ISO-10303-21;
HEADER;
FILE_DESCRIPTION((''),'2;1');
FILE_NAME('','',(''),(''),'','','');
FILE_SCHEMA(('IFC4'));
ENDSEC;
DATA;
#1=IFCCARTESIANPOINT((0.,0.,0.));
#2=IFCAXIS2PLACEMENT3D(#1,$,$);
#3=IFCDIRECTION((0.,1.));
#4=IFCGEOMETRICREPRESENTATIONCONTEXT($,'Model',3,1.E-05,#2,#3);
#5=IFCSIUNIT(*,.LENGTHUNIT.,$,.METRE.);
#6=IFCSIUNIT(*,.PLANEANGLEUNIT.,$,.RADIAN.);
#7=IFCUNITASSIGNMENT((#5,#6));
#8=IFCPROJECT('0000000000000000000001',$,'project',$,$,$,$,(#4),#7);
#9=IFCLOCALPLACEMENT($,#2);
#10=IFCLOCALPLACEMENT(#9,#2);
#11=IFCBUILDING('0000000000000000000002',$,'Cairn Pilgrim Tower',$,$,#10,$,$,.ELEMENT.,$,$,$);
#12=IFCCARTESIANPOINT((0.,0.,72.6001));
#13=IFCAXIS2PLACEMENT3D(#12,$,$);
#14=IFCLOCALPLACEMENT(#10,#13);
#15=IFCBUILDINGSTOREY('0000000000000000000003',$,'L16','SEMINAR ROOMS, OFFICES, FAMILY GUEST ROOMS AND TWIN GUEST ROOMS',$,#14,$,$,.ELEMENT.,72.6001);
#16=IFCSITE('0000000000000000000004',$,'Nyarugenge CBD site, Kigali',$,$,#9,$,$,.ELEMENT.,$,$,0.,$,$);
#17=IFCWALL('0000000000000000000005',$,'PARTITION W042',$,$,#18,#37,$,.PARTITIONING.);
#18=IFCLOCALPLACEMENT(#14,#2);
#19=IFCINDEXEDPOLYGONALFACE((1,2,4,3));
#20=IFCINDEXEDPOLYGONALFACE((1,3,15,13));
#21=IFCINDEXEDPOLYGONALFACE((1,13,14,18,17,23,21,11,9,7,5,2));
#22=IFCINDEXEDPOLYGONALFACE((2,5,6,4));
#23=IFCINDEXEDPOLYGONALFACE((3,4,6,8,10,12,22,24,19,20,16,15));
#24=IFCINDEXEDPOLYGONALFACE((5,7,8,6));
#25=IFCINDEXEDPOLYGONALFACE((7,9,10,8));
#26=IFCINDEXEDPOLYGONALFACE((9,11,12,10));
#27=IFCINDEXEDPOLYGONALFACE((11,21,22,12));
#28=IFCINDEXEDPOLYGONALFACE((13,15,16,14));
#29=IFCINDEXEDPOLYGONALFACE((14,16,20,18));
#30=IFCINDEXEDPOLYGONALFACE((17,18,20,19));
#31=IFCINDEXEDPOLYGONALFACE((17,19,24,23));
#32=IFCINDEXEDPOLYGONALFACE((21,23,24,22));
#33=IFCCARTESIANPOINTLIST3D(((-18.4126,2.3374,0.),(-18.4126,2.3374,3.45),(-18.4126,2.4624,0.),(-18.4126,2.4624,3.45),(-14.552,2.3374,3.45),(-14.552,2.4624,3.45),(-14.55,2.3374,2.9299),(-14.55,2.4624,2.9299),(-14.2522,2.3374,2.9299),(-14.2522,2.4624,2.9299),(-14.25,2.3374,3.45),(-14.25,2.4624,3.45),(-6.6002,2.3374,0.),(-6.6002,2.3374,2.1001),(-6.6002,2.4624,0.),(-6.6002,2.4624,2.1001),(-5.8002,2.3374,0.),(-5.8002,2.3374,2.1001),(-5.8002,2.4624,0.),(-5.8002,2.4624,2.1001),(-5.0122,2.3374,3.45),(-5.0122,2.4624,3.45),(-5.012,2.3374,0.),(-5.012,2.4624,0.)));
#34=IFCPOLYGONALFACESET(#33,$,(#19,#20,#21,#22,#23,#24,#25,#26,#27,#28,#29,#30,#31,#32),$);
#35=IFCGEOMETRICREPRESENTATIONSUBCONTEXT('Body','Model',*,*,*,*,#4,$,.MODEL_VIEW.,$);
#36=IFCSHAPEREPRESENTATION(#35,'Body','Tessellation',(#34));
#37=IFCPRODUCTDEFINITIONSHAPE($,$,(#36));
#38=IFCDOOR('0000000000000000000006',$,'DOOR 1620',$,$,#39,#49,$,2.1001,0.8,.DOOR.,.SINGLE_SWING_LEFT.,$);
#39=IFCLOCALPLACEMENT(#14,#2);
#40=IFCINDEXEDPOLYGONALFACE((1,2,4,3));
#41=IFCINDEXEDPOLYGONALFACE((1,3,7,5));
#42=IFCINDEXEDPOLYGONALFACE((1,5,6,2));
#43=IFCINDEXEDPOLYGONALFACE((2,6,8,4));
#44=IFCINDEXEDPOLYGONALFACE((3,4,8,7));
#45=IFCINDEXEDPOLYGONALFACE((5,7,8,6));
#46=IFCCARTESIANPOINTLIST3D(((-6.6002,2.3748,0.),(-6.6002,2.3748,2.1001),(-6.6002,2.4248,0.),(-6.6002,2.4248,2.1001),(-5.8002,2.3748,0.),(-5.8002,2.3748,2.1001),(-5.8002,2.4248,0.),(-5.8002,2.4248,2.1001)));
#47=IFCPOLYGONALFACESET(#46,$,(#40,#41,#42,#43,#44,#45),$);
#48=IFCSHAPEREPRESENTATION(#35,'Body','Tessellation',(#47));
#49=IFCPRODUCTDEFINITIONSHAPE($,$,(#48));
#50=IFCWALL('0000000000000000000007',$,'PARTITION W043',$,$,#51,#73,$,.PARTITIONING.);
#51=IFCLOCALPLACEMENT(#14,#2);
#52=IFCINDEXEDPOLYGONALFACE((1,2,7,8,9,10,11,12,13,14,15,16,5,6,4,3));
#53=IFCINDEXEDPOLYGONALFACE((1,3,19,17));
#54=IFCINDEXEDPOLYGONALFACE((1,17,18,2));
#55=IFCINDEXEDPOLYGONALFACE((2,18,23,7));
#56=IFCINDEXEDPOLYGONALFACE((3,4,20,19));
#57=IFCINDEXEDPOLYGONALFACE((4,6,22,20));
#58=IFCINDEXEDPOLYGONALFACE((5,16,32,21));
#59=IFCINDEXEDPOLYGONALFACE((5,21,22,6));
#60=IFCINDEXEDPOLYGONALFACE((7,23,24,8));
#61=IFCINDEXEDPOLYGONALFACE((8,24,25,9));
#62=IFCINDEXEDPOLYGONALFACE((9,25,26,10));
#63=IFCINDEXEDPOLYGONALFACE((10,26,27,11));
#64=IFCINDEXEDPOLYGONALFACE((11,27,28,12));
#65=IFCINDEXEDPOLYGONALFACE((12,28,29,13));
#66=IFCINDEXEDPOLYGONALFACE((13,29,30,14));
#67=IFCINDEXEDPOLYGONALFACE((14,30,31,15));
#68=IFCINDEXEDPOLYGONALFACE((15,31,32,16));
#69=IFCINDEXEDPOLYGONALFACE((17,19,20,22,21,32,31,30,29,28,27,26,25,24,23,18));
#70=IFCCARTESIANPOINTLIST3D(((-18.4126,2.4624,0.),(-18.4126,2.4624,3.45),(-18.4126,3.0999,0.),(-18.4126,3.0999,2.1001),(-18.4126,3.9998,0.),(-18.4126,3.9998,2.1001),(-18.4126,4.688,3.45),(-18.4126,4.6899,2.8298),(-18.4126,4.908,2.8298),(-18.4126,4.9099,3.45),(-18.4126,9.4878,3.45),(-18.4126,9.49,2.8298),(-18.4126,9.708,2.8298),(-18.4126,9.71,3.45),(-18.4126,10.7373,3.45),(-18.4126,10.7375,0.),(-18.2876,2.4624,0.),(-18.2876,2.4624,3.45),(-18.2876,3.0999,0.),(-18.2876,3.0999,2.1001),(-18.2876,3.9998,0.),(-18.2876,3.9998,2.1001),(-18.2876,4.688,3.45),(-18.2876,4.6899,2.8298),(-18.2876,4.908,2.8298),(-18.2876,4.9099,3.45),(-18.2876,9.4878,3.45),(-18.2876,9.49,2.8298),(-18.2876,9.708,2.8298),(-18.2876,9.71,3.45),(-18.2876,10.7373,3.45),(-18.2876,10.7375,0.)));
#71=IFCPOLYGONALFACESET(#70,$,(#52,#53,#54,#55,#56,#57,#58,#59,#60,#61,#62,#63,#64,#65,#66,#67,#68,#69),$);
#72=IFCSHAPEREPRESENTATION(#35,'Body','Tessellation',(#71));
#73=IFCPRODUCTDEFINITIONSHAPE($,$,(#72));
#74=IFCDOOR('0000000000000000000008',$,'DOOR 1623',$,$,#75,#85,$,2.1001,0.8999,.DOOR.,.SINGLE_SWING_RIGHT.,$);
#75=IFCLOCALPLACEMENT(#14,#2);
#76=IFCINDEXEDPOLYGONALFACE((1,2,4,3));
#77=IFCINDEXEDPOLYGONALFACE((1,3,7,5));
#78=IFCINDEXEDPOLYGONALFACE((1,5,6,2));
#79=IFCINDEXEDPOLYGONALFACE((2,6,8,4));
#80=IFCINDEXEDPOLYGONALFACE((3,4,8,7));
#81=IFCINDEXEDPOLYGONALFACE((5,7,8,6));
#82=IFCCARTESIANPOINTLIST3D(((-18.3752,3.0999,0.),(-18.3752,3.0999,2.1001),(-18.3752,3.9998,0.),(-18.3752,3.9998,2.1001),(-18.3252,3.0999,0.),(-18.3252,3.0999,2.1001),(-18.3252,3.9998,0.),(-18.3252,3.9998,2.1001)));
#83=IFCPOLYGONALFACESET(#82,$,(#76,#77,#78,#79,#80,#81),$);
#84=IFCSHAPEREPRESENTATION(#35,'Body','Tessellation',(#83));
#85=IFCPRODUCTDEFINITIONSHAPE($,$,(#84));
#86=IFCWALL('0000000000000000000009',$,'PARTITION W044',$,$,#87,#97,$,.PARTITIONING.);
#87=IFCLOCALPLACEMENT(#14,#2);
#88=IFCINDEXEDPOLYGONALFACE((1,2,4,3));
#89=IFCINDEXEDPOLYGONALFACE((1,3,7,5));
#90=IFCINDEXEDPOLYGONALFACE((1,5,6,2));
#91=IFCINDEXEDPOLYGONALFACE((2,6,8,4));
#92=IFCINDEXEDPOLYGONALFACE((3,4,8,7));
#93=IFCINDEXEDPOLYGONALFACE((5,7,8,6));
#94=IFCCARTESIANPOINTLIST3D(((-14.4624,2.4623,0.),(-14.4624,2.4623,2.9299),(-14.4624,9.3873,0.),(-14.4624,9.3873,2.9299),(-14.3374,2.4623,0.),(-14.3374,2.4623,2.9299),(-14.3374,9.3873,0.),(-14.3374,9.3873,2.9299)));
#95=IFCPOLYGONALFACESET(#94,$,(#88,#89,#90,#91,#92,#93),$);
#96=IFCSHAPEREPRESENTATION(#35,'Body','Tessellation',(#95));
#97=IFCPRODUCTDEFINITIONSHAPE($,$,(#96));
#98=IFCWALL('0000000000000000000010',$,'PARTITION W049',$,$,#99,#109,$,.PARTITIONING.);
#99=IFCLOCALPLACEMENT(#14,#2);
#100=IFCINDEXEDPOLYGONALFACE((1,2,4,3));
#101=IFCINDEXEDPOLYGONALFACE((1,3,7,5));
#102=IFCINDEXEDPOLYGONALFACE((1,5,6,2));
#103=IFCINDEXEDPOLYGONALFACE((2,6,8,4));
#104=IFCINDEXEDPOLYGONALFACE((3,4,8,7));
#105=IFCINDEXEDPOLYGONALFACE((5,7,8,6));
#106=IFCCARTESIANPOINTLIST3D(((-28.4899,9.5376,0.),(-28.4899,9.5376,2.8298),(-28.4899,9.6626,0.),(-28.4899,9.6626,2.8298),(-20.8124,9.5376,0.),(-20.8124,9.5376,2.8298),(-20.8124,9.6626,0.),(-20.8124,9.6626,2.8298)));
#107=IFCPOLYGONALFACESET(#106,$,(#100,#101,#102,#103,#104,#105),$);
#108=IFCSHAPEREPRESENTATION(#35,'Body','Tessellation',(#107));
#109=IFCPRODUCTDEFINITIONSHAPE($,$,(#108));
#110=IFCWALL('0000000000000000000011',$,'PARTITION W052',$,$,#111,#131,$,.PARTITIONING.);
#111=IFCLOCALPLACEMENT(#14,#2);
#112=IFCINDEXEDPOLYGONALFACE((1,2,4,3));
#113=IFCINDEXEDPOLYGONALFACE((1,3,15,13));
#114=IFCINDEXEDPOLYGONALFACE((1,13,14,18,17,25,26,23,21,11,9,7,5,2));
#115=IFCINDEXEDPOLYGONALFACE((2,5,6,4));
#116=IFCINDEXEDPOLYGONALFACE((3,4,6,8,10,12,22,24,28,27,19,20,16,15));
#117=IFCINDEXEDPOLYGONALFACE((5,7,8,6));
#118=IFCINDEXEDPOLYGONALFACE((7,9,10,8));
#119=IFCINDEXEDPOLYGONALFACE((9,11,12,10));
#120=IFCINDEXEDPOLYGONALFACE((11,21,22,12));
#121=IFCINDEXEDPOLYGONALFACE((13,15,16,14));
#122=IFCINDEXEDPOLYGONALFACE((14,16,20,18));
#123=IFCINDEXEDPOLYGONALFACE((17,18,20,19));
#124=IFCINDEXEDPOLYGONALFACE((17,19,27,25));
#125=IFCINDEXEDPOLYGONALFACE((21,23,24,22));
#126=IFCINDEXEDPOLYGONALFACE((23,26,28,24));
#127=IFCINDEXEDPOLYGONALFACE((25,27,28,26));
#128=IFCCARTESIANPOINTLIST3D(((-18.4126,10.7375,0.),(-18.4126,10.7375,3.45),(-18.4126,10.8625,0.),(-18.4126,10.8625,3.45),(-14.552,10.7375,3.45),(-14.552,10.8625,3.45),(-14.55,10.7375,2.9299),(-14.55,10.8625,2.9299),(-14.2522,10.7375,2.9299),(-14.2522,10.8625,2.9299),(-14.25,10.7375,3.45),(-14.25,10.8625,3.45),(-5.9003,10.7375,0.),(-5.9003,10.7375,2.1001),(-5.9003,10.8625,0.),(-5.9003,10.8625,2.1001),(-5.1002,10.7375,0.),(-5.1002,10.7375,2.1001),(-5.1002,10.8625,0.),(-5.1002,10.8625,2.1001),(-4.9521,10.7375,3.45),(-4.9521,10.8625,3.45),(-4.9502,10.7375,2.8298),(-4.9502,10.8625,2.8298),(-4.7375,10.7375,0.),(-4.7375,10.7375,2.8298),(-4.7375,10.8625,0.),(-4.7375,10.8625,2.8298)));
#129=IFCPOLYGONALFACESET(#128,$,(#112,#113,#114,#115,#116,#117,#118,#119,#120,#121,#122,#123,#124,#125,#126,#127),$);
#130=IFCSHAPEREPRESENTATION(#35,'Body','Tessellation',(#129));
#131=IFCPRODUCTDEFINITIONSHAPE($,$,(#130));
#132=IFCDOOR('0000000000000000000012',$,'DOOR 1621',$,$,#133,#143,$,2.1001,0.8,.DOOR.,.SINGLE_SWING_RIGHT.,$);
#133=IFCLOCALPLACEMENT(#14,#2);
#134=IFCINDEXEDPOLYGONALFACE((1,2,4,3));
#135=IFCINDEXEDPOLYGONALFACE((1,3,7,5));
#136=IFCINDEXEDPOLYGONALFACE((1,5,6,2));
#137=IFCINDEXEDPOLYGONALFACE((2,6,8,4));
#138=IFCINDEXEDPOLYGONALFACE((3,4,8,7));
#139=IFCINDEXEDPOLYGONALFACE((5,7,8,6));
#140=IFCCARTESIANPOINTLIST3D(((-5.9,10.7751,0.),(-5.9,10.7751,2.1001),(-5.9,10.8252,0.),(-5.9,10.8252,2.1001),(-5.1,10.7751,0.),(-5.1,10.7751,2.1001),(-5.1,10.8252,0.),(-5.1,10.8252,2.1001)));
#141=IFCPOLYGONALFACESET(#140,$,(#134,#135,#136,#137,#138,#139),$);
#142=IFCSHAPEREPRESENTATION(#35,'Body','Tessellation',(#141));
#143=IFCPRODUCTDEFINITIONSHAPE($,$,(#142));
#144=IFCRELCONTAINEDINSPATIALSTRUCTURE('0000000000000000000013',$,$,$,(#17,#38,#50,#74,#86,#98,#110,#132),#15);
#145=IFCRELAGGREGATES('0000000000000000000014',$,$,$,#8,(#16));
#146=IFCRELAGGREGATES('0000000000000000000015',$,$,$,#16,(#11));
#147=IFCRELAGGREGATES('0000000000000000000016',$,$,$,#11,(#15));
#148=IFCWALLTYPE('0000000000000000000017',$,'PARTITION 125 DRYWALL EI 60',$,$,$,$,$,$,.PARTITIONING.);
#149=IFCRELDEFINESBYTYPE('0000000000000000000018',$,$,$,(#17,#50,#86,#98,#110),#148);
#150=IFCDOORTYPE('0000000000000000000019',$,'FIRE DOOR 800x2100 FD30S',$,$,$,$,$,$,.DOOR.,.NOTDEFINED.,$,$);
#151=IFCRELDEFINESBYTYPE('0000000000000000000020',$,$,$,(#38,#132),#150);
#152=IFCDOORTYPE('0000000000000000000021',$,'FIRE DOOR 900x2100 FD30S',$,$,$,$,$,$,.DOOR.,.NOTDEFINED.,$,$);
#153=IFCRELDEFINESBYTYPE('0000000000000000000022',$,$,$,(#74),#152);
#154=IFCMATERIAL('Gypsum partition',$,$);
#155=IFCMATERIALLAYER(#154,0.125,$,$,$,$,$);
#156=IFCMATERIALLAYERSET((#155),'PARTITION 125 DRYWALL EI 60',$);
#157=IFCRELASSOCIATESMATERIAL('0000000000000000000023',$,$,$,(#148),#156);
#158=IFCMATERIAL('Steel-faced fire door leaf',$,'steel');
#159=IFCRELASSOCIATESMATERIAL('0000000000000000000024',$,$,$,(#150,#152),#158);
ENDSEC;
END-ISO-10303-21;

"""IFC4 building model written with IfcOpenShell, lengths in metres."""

from ifc_helpers import new_model, si_unit, direction, frame, frame_2d, origin, place, context, subcontext, project, spatial, polyline, rectangle, outline, extrude, material, layer, layer_set, type_object, element, fill, save


model = new_model("IFC4")

# Units and contexts
model_context = context("Model", 3, precision=1e-05, world=origin(), true_north=direction((0.0, 1.0)))
body_context = subcontext(model_context, "Body", "Model", "MODEL_VIEW")
ifc_project = project(units=[si_unit("LENGTHUNIT", "METRE"), si_unit("PLANEANGLEUNIT", "RADIAN")], contexts=[model_context])

# Site, building, storey
site_placement = place(None, origin())
site = spatial("IfcSite", under=ifc_project, at=site_placement, Name="Nyarugenge CBD site, Kigali", CompositionType="ELEMENT", RefElevation=0.0)
building_placement = place(site_placement, origin())
building = spatial("IfcBuilding", under=site, at=building_placement, Name="Cairn Pilgrim Tower", CompositionType="ELEMENT")
storey_placement = place(building_placement, frame((0.0, 0.0, 72.6001)))
storey = spatial("IfcBuildingStorey", under=building, at=storey_placement, Name="L16", Description="SEMINAR ROOMS, OFFICES, FAMILY GUEST ROOMS AND TWIN GUEST ROOMS", CompositionType="ELEMENT", Elevation=72.6001)

# Shared definitions
ifc_material_1 = material(Name="Gypsum partition")

# Walls, openings, doors
ifc_layer_1 = layer(ifc_material_1, 0.125)
ifc_layer_set_1 = layer_set([ifc_layer_1], Name="PARTITION 125 DRYWALL EI 60")
wall_type_1 = type_object("IfcWallType", Name="PARTITION 125 DRYWALL EI 60", PredefinedType="PARTITIONING", material=ifc_layer_set_1)
wall_1_placement = place(storey_placement, frame((-18.4126, 2.3999, 0.0), z_axis=(0.0, 0.0, 1.0), x_axis=(1.0, 0.0, 0.0)))
wall_1 = element("IfcWall", 1, at=wall_1_placement, inside=storey, type_object=wall_type_1, Name="PARTITION W042", PredefinedType="PARTITIONING", context=body_context, shape_type="SweptSolid", body=[
    extrude(outline(polyline([(0.0, 0.0), (13.4006, 0.0), (13.4004, 3.45), (4.1626, 3.45), (4.1604, 2.9299), (3.8625, 2.9299), (3.8606, 3.45), (0.0, 3.45), (0.0, 0.0)])), frame((0.0, 0.0625, 0.0), z_axis=(0.0, -1.0, 0.0), x_axis=(1.0, 0.0, 0.0)), (0.0, 0.0, 1.0), 0.125),
])
opening_1_placement = place(wall_1_placement, frame((11.8125, 0.0, 0.0)))
opening_1 = element("IfcOpeningElement", 2, at=opening_1_placement, cuts=wall_1, PredefinedType="OPENING", context=body_context, shape_type="SweptSolid", body=[
    extrude(rectangle(XDim=0.8, YDim=2.1001, at=frame_2d((0.3999, 1.05))), frame((0.0, 0.0725, 0.0), z_axis=(0.0, -1.0, 0.0), x_axis=(1.0, 0.0, 0.0)), (0.0, 0.0, 1.0), 0.145),
])
ifc_material_2 = material(Name="Steel-faced fire door leaf", Category="steel")
door_type_1 = type_object("IfcDoorType", Name="FIRE DOOR 800x2100 FD30S", OperationType="NOTDEFINED", PredefinedType="DOOR", material=ifc_material_2)
door_1_placement = place(opening_1_placement, origin())
door_1 = element("IfcDoor", 3, at=door_1_placement, inside=storey, type_object=door_type_1, Name="DOOR 1620", OperationType="SINGLE_SWING_LEFT", OverallHeight=2.1001, OverallWidth=0.8, PredefinedType="DOOR", context=body_context, shape_type="SweptSolid", body=[
    extrude(rectangle(XDim=0.8, YDim=2.1001, at=frame_2d((0.3999, 1.05))), frame((0.0, 0.0249, 0.0), z_axis=(0.0, -1.0, 0.0), x_axis=(1.0, 0.0, 0.0)), (0.0, 0.0, 1.0), 0.05),
])
fill(opening_1, door_1)
wall_2_placement = place(storey_placement, frame((-18.3501, 2.4624, 0.0), z_axis=(0.0, 0.0, 1.0), x_axis=(0.0, 1.0, 0.0)))
wall_2 = element("IfcWall", 4, at=wall_2_placement, inside=storey, type_object=wall_type_1, Name="PARTITION W043", PredefinedType="PARTITIONING", context=body_context, shape_type="SweptSolid", body=[
    extrude(outline(polyline([(0.0, 0.0), (8.2751, 0.0), (8.2749, 3.45), (7.2476, 3.45), (7.2456, 2.8298), (7.0276, 2.8298), (7.0254, 3.45), (2.4475, 3.45), (2.4456, 2.8298), (2.2275, 2.8298), (2.2256, 3.45), (0.0, 3.45), (0.0, 0.0)])), frame((0.0, 0.0625, 0.0), z_axis=(0.0, -1.0, 0.0), x_axis=(1.0, 0.0, 0.0)), (0.0, 0.0, 1.0), 0.125),
])
opening_2_placement = place(wall_2_placement, frame((0.6375, 0.0, 0.0)))
opening_2 = element("IfcOpeningElement", 5, at=opening_2_placement, cuts=wall_2, PredefinedType="OPENING", context=body_context, shape_type="SweptSolid", body=[
    extrude(rectangle(XDim=0.8999, YDim=2.1001, at=frame_2d((0.45, 1.05))), frame((0.0, 0.0725, 0.0), z_axis=(0.0, -1.0, 0.0), x_axis=(1.0, 0.0, 0.0)), (0.0, 0.0, 1.0), 0.145),
])
door_type_2 = type_object("IfcDoorType", Name="FIRE DOOR 900x2100 FD30S", OperationType="NOTDEFINED", PredefinedType="DOOR", material=ifc_material_2)
door_2_placement = place(opening_2_placement, frame((0.8999, 0.0, 0.0), z_axis=(0.0, 0.0, 1.0), x_axis=(-1.0, 0.0, 0.0)))
door_2 = element("IfcDoor", 6, at=door_2_placement, inside=storey, type_object=door_type_2, Name="DOOR 1623", OperationType="SINGLE_SWING_RIGHT", OverallHeight=2.1001, OverallWidth=0.8999, PredefinedType="DOOR", context=body_context, shape_type="SweptSolid", body=[
    extrude(rectangle(XDim=0.8999, YDim=2.1001, at=frame_2d((0.45, 1.05))), frame((0.0, 0.0249, 0.0), z_axis=(0.0, -1.0, 0.0), x_axis=(1.0, 0.0, 0.0)), (0.0, 0.0, 1.0), 0.05),
])
fill(opening_2, door_2)

# Walls
wall_3_placement = place(storey_placement, frame((-14.3999, 2.4624, 0.0), z_axis=(0.0, 0.0, 1.0), x_axis=(0.0, 1.0, 0.0)))
element("IfcWall", 7, at=wall_3_placement, inside=storey, type_object=wall_type_1, Name="PARTITION W044", PredefinedType="PARTITIONING", context=body_context, shape_type="SweptSolid", body=[
    extrude(rectangle(XDim=6.925, YDim=0.125, at=frame_2d((3.4624, 0.0))), origin(), (0.0, 0.0, 1.0), 2.9299),
])
wall_4_placement = place(storey_placement, frame((-28.49, 9.6001, 0.0), z_axis=(0.0, 0.0, 1.0), x_axis=(1.0, 0.0, 0.0)))
element("IfcWall", 8, at=wall_4_placement, inside=storey, type_object=wall_type_1, Name="PARTITION W049", PredefinedType="PARTITIONING", context=body_context, shape_type="SweptSolid", body=[
    extrude(rectangle(XDim=7.6775, YDim=0.125, at=frame_2d((3.8389, 0.0))), origin(), (0.0, 0.0, 1.0), 2.8298),
])

# Wall, opening, door
wall_5_placement = place(storey_placement, frame((-18.4126, 10.8, 0.0), z_axis=(0.0, 0.0, 1.0), x_axis=(1.0, 0.0, 0.0)))
wall_5 = element("IfcWall", 9, at=wall_5_placement, inside=storey, type_object=wall_type_1, Name="PARTITION W052", PredefinedType="PARTITIONING", context=body_context, shape_type="SweptSolid", body=[
    extrude(outline(polyline([(0.0, 0.0), (13.675, 0.0), (13.675, 2.8298), (13.4624, 2.8298), (13.4604, 3.45), (4.1626, 3.45), (4.1604, 2.9299), (3.8625, 2.9299), (3.8606, 3.45), (0.0, 3.45), (0.0, 0.0)])), frame((0.0, 0.0625, 0.0), z_axis=(0.0, -1.0, 0.0), x_axis=(1.0, 0.0, 0.0)), (0.0, 0.0, 1.0), 0.125),
])
opening_3_placement = place(wall_5_placement, frame((12.5125, 0.0, 0.0)))
opening_3 = element("IfcOpeningElement", 10, at=opening_3_placement, cuts=wall_5, PredefinedType="OPENING", context=body_context, shape_type="SweptSolid", body=[
    extrude(rectangle(XDim=0.8, YDim=2.1001, at=frame_2d((0.3999, 1.05))), frame((0.0, 0.0725, 0.0), z_axis=(0.0, -1.0, 0.0), x_axis=(1.0, 0.0, 0.0)), (0.0, 0.0, 1.0), 0.145),
])
door_3_placement = place(opening_3_placement, frame((0.8, 0.0, 0.0), z_axis=(0.0, 0.0, 1.0), x_axis=(-1.0, 0.0, 0.0)))
door_3 = element("IfcDoor", 11, at=door_3_placement, inside=storey, type_object=door_type_1, Name="DOOR 1621", OperationType="SINGLE_SWING_RIGHT", OverallHeight=2.1001, OverallWidth=0.8, PredefinedType="DOOR", context=body_context, shape_type="SweptSolid", body=[
    extrude(rectangle(XDim=0.8, YDim=2.1001, at=frame_2d((0.3999, 1.05))), frame((0.0, 0.0249, 0.0), z_axis=(0.0, -1.0, 0.0), x_axis=(1.0, 0.0, 0.0)), (0.0, 0.0, 1.0), 0.05),
])
fill(opening_3, door_3)

save(model, "model.ifc")
